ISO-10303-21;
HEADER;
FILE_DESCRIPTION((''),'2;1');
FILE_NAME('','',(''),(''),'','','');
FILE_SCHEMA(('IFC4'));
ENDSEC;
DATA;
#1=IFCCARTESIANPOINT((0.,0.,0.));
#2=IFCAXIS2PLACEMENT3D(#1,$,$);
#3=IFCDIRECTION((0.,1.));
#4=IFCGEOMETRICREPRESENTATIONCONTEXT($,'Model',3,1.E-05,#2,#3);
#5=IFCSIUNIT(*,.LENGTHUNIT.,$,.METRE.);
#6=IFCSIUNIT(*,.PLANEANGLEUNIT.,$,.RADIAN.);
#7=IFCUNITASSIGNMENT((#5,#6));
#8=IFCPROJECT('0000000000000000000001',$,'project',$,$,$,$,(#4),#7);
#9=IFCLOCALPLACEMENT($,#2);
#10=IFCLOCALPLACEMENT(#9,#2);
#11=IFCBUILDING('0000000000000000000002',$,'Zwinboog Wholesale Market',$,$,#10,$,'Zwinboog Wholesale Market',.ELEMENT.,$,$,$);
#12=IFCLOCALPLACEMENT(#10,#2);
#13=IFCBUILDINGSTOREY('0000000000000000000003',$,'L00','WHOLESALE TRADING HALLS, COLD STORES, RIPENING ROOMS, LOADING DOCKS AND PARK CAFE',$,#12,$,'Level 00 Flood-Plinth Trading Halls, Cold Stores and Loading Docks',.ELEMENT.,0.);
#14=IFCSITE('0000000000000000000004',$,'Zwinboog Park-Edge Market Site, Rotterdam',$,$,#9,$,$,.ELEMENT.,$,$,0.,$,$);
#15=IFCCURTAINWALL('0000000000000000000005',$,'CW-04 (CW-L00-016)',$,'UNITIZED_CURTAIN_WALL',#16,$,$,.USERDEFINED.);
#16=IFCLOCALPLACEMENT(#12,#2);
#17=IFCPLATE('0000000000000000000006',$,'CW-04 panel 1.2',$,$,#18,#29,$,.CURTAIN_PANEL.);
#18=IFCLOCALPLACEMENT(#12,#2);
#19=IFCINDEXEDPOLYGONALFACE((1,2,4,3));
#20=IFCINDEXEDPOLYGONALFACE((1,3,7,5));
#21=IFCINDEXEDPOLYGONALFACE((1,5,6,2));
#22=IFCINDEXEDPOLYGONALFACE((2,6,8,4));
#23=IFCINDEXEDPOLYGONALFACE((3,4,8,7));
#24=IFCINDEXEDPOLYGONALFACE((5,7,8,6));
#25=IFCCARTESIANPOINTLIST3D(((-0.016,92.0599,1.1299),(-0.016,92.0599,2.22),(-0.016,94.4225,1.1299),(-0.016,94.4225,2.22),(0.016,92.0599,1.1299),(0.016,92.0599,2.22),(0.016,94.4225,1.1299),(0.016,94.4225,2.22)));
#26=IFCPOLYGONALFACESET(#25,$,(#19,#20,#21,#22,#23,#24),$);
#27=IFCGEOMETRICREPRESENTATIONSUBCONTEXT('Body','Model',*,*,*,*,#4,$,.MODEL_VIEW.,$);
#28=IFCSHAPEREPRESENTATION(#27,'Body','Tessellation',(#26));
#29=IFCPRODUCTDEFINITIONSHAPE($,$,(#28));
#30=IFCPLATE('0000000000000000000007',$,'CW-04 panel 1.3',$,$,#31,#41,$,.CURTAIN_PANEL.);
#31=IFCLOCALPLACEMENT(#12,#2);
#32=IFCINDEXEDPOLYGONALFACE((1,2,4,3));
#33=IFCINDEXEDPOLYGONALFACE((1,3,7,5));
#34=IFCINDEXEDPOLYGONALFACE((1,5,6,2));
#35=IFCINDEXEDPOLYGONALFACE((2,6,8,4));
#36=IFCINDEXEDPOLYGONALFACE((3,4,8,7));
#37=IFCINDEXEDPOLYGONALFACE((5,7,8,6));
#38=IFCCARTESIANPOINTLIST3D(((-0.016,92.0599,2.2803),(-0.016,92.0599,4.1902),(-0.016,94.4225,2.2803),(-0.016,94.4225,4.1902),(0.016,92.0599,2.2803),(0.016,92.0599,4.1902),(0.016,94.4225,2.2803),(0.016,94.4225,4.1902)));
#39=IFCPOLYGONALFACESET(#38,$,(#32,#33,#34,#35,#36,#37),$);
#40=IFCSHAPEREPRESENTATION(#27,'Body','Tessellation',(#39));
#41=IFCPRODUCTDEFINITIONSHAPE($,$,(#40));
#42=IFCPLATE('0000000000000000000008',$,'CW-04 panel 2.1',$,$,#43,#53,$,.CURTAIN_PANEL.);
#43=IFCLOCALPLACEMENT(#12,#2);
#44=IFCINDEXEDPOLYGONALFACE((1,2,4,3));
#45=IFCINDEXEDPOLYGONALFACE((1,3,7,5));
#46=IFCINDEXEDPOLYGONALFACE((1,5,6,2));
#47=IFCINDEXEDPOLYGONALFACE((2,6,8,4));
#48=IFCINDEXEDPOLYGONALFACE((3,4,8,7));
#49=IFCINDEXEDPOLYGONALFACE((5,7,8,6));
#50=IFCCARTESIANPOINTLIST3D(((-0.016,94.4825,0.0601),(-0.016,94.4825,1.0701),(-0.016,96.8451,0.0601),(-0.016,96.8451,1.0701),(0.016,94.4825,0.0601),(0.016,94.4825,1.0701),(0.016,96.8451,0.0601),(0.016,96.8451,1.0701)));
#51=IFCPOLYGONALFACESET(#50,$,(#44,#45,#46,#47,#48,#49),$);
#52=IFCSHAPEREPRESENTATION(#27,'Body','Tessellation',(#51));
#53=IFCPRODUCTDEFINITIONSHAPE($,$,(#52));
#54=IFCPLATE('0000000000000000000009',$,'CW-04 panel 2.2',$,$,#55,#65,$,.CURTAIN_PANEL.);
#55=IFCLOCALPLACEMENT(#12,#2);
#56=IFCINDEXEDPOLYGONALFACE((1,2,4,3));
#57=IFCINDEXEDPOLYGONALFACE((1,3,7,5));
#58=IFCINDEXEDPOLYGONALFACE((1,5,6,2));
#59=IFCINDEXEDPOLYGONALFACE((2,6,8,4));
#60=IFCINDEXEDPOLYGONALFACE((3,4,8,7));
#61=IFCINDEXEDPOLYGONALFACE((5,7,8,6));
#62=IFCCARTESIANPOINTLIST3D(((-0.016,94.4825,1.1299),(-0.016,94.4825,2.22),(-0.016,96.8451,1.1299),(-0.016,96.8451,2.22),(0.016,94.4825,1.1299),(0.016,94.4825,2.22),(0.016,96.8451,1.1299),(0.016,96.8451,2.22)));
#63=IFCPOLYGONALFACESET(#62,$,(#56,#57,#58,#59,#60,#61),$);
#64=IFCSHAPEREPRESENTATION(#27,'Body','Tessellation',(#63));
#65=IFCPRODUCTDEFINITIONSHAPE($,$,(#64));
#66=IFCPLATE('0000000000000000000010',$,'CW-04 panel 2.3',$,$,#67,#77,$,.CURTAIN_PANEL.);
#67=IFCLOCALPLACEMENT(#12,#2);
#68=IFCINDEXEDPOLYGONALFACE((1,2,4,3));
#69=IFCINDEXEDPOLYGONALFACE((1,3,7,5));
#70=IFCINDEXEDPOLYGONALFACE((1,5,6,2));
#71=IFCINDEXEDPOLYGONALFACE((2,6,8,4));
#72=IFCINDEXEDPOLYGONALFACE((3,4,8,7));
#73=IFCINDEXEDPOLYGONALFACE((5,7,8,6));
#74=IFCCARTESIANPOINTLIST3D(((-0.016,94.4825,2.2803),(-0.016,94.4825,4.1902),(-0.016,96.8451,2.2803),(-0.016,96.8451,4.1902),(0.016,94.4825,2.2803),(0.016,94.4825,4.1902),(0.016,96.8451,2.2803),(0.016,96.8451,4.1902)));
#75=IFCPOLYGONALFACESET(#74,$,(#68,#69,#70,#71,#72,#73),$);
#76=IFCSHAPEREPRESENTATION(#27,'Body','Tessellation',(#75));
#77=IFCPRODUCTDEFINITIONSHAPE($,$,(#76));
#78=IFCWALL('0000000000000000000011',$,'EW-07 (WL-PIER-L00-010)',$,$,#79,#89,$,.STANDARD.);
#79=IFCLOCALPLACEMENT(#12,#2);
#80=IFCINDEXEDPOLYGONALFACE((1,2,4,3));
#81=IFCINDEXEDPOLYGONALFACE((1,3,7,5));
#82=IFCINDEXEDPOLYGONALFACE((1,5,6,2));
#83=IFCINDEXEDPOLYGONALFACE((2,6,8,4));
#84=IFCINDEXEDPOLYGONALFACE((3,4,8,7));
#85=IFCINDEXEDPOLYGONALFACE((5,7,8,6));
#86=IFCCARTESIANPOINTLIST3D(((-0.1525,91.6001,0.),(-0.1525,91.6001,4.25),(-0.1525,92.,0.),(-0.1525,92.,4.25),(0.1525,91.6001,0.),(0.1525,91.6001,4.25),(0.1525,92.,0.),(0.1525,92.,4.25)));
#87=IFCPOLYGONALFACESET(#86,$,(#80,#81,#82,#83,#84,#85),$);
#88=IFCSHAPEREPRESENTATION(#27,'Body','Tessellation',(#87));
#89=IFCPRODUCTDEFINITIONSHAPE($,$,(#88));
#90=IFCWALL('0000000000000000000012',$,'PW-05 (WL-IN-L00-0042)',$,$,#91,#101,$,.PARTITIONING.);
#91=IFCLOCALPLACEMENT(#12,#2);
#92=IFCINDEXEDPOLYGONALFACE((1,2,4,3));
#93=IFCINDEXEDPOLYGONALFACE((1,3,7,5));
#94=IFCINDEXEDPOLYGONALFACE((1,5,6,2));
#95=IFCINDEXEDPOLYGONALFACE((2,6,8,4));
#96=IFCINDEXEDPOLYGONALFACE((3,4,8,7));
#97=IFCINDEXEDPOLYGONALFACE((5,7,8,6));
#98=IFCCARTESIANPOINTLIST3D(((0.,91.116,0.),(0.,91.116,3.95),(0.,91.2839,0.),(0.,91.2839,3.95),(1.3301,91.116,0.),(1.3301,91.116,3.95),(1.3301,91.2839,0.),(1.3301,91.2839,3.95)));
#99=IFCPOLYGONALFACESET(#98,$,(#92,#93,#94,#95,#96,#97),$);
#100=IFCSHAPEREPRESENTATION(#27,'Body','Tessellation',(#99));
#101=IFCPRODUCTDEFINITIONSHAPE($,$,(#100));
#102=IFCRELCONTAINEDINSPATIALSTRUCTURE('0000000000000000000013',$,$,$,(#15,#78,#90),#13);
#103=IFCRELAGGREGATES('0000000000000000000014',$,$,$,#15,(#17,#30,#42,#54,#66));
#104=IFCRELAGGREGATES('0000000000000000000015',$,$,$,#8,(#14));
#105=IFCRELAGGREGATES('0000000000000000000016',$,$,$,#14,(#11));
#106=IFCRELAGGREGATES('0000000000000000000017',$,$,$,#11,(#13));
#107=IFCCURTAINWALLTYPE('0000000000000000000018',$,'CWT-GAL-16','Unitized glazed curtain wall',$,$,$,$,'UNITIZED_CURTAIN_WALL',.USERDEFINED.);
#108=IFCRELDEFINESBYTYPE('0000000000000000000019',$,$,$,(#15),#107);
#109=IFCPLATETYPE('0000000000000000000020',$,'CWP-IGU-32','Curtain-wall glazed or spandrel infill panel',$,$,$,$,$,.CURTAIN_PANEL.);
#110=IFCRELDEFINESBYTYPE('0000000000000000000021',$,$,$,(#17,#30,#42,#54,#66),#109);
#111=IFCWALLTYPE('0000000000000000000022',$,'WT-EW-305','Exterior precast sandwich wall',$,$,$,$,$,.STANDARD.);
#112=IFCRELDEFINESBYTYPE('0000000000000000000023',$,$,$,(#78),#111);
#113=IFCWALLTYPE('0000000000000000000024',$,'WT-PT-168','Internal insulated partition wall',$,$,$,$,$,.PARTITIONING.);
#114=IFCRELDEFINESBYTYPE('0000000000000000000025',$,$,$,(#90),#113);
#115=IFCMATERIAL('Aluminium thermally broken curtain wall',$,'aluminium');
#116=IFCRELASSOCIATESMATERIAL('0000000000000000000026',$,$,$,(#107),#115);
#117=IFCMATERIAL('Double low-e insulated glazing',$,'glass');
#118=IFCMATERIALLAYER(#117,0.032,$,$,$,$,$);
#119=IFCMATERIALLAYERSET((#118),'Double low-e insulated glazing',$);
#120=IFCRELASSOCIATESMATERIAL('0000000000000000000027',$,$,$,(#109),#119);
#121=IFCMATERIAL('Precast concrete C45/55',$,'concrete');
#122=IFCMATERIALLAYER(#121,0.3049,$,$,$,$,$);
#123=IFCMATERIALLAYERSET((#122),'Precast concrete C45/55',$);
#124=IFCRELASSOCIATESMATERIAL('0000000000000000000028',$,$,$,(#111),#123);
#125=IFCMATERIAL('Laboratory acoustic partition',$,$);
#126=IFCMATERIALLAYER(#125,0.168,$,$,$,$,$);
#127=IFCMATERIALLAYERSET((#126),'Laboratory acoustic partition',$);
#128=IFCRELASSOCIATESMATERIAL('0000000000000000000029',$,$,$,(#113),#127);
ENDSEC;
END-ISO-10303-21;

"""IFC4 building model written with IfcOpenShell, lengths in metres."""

from ifc_helpers import new_model, si_unit, direction, frame, frame_2d, origin, origin_2d, place, context, subcontext, project, spatial, rectangle, extrude, material, layer, layer_set, type_object, element, aggregate, save


model = new_model("IFC4")

# Units and contexts
model_context = context("Model", 3, precision=1e-05, world=origin(), true_north=direction((0.0, 1.0)))
body_context = subcontext(model_context, "Body", "Model", "MODEL_VIEW")
ifc_project = project(units=[si_unit("LENGTHUNIT", "METRE"), si_unit("PLANEANGLEUNIT", "RADIAN")], contexts=[model_context])

# Site, building, storey
site_placement = place(None, origin())
site = spatial("IfcSite", under=ifc_project, at=site_placement, Name="Zwinboog Park-Edge Market Site, Rotterdam", CompositionType="ELEMENT", RefElevation=0.0)
building_placement = place(site_placement, origin())
building = spatial("IfcBuilding", under=site, at=building_placement, Name="Zwinboog Wholesale Market", LongName="Zwinboog Wholesale Market", CompositionType="ELEMENT")
storey_placement = place(building_placement, origin())
storey = spatial("IfcBuildingStorey", under=building, at=storey_placement, Name="L00", Description="WHOLESALE TRADING HALLS, COLD STORES, RIPENING ROOMS, LOADING DOCKS AND PARK CAFE", LongName="Level 00 Flood-Plinth Trading Halls, Cold Stores and Loading Docks", CompositionType="ELEMENT", Elevation=0.0)

# Shared definitions
ifc_material_1 = material(Name="Aluminium thermally broken curtain wall", Category="aluminium")

# Curtain wall
curtain_wall_type_1 = type_object("IfcCurtainWallType", Name="CWT-GAL-16", Description="Unitized glazed curtain wall", ElementType="UNITIZED_CURTAIN_WALL", PredefinedType="USERDEFINED", material=ifc_material_1)
curtain_wall_1_placement = place(storey_placement, origin())
curtain_wall_1 = element("IfcCurtainWall", 1, at=curtain_wall_1_placement, inside=storey, type_object=curtain_wall_type_1, Name="CW-04 (CW-L00-016)", ObjectType="UNITIZED_CURTAIN_WALL", PredefinedType="USERDEFINED")

# Plates
ifc_material_2 = material(Name="Double low-e insulated glazing", Category="glass")
ifc_layer_1 = layer(ifc_material_2, 0.032)
ifc_layer_set_1 = layer_set([ifc_layer_1], Name="Double low-e insulated glazing")
plate_type = type_object("IfcPlateType", Name="CWP-IGU-32", Description="Curtain-wall glazed or spandrel infill panel", PredefinedType="CURTAIN_PANEL", material=ifc_layer_set_1)
plate_1_placement = place(storey_placement, frame((0.0, 93.2412, 1.1299), z_axis=(0.0, 0.0, 1.0), x_axis=(0.0, 1.0, 0.0)))
plate_1 = element("IfcPlate", 2, at=plate_1_placement, type_object=plate_type, Name="CW-04 panel 1.2", PredefinedType="CURTAIN_PANEL", context=body_context, shape_type="SweptSolid", body=[
    extrude(rectangle(XDim=2.3625, YDim=0.032, at=origin_2d()), origin(), (0.0, 0.0, 1.0), 1.0901),
])
plate_2_placement = place(storey_placement, frame((0.0, 93.2412, 2.2803), z_axis=(0.0, 0.0, 1.0), x_axis=(0.0, 1.0, 0.0)))
plate_2 = element("IfcPlate", 3, at=plate_2_placement, type_object=plate_type, Name="CW-04 panel 1.3", PredefinedType="CURTAIN_PANEL", context=body_context, shape_type="SweptSolid", body=[
    extrude(rectangle(XDim=2.3625, YDim=0.032, at=origin_2d()), origin(), (0.0, 0.0, 1.0), 1.9099),
])
plate_3_placement = place(storey_placement, frame((0.0, 95.6638, 0.0601), z_axis=(0.0, 0.0, 1.0), x_axis=(0.0, 1.0, 0.0)))
plate_3 = element("IfcPlate", 4, at=plate_3_placement, type_object=plate_type, Name="CW-04 panel 2.1", PredefinedType="CURTAIN_PANEL", context=body_context, shape_type="SweptSolid", body=[
    extrude(rectangle(XDim=2.3625, YDim=0.032, at=origin_2d()), origin(), (0.0, 0.0, 1.0), 1.01),
])
plate_4_placement = place(storey_placement, frame((0.0, 95.6638, 1.1299), z_axis=(0.0, 0.0, 1.0), x_axis=(0.0, 1.0, 0.0)))
plate_4 = element("IfcPlate", 5, at=plate_4_placement, type_object=plate_type, Name="CW-04 panel 2.2", PredefinedType="CURTAIN_PANEL", context=body_context, shape_type="SweptSolid", body=[
    extrude(rectangle(XDim=2.3625, YDim=0.032, at=origin_2d()), origin(), (0.0, 0.0, 1.0), 1.0901),
])
plate_5_placement = place(storey_placement, frame((0.0, 95.6638, 2.2803), z_axis=(0.0, 0.0, 1.0), x_axis=(0.0, 1.0, 0.0)))
plate_5 = element("IfcPlate", 6, at=plate_5_placement, type_object=plate_type, Name="CW-04 panel 2.3", PredefinedType="CURTAIN_PANEL", context=body_context, shape_type="SweptSolid", body=[
    extrude(rectangle(XDim=2.3625, YDim=0.032, at=origin_2d()), origin(), (0.0, 0.0, 1.0), 1.9099),
])
aggregate(curtain_wall_1, [plate_1, plate_2, plate_3, plate_4, plate_5])

# Walls
ifc_material_3 = material(Name="Precast concrete C45/55", Category="concrete")
ifc_layer_2 = layer(ifc_material_3, 0.3049)
ifc_layer_set_2 = layer_set([ifc_layer_2], Name="Precast concrete C45/55")
wall_type_1 = type_object("IfcWallType", Name="WT-EW-305", Description="Exterior precast sandwich wall", PredefinedType="STANDARD", material=ifc_layer_set_2)
wall_1_placement = place(storey_placement, frame((0.0, 91.6001, 0.0), z_axis=(0.0, 0.0, 1.0), x_axis=(0.0, 1.0, 0.0)))
element("IfcWall", 7, at=wall_1_placement, inside=storey, type_object=wall_type_1, Name="EW-07 (WL-PIER-L00-010)", PredefinedType="STANDARD", context=body_context, shape_type="SweptSolid", body=[
    extrude(rectangle(XDim=0.3999, YDim=0.3049, at=frame_2d((0.2, 0.0))), origin(), (0.0, 0.0, 1.0), 4.25),
])
ifc_material_4 = material(Name="Laboratory acoustic partition")
ifc_layer_3 = layer(ifc_material_4, 0.168)
ifc_layer_set_3 = layer_set([ifc_layer_3], Name="Laboratory acoustic partition")
wall_type_2 = type_object("IfcWallType", Name="WT-PT-168", Description="Internal insulated partition wall", PredefinedType="PARTITIONING", material=ifc_layer_set_3)
wall_2_placement = place(storey_placement, frame((0.0, 91.2, 0.0), z_axis=(0.0, 0.0, 1.0), x_axis=(1.0, 0.0, 0.0)))
element("IfcWall", 8, at=wall_2_placement, inside=storey, type_object=wall_type_2, Name="PW-05 (WL-IN-L00-0042)", PredefinedType="PARTITIONING", context=body_context, shape_type="SweptSolid", body=[
    extrude(rectangle(XDim=1.3301, YDim=0.168, at=frame_2d((0.665, 0.0))), origin(), (0.0, 0.0, 1.0), 3.95),
])

save(model, "model.ifc")
